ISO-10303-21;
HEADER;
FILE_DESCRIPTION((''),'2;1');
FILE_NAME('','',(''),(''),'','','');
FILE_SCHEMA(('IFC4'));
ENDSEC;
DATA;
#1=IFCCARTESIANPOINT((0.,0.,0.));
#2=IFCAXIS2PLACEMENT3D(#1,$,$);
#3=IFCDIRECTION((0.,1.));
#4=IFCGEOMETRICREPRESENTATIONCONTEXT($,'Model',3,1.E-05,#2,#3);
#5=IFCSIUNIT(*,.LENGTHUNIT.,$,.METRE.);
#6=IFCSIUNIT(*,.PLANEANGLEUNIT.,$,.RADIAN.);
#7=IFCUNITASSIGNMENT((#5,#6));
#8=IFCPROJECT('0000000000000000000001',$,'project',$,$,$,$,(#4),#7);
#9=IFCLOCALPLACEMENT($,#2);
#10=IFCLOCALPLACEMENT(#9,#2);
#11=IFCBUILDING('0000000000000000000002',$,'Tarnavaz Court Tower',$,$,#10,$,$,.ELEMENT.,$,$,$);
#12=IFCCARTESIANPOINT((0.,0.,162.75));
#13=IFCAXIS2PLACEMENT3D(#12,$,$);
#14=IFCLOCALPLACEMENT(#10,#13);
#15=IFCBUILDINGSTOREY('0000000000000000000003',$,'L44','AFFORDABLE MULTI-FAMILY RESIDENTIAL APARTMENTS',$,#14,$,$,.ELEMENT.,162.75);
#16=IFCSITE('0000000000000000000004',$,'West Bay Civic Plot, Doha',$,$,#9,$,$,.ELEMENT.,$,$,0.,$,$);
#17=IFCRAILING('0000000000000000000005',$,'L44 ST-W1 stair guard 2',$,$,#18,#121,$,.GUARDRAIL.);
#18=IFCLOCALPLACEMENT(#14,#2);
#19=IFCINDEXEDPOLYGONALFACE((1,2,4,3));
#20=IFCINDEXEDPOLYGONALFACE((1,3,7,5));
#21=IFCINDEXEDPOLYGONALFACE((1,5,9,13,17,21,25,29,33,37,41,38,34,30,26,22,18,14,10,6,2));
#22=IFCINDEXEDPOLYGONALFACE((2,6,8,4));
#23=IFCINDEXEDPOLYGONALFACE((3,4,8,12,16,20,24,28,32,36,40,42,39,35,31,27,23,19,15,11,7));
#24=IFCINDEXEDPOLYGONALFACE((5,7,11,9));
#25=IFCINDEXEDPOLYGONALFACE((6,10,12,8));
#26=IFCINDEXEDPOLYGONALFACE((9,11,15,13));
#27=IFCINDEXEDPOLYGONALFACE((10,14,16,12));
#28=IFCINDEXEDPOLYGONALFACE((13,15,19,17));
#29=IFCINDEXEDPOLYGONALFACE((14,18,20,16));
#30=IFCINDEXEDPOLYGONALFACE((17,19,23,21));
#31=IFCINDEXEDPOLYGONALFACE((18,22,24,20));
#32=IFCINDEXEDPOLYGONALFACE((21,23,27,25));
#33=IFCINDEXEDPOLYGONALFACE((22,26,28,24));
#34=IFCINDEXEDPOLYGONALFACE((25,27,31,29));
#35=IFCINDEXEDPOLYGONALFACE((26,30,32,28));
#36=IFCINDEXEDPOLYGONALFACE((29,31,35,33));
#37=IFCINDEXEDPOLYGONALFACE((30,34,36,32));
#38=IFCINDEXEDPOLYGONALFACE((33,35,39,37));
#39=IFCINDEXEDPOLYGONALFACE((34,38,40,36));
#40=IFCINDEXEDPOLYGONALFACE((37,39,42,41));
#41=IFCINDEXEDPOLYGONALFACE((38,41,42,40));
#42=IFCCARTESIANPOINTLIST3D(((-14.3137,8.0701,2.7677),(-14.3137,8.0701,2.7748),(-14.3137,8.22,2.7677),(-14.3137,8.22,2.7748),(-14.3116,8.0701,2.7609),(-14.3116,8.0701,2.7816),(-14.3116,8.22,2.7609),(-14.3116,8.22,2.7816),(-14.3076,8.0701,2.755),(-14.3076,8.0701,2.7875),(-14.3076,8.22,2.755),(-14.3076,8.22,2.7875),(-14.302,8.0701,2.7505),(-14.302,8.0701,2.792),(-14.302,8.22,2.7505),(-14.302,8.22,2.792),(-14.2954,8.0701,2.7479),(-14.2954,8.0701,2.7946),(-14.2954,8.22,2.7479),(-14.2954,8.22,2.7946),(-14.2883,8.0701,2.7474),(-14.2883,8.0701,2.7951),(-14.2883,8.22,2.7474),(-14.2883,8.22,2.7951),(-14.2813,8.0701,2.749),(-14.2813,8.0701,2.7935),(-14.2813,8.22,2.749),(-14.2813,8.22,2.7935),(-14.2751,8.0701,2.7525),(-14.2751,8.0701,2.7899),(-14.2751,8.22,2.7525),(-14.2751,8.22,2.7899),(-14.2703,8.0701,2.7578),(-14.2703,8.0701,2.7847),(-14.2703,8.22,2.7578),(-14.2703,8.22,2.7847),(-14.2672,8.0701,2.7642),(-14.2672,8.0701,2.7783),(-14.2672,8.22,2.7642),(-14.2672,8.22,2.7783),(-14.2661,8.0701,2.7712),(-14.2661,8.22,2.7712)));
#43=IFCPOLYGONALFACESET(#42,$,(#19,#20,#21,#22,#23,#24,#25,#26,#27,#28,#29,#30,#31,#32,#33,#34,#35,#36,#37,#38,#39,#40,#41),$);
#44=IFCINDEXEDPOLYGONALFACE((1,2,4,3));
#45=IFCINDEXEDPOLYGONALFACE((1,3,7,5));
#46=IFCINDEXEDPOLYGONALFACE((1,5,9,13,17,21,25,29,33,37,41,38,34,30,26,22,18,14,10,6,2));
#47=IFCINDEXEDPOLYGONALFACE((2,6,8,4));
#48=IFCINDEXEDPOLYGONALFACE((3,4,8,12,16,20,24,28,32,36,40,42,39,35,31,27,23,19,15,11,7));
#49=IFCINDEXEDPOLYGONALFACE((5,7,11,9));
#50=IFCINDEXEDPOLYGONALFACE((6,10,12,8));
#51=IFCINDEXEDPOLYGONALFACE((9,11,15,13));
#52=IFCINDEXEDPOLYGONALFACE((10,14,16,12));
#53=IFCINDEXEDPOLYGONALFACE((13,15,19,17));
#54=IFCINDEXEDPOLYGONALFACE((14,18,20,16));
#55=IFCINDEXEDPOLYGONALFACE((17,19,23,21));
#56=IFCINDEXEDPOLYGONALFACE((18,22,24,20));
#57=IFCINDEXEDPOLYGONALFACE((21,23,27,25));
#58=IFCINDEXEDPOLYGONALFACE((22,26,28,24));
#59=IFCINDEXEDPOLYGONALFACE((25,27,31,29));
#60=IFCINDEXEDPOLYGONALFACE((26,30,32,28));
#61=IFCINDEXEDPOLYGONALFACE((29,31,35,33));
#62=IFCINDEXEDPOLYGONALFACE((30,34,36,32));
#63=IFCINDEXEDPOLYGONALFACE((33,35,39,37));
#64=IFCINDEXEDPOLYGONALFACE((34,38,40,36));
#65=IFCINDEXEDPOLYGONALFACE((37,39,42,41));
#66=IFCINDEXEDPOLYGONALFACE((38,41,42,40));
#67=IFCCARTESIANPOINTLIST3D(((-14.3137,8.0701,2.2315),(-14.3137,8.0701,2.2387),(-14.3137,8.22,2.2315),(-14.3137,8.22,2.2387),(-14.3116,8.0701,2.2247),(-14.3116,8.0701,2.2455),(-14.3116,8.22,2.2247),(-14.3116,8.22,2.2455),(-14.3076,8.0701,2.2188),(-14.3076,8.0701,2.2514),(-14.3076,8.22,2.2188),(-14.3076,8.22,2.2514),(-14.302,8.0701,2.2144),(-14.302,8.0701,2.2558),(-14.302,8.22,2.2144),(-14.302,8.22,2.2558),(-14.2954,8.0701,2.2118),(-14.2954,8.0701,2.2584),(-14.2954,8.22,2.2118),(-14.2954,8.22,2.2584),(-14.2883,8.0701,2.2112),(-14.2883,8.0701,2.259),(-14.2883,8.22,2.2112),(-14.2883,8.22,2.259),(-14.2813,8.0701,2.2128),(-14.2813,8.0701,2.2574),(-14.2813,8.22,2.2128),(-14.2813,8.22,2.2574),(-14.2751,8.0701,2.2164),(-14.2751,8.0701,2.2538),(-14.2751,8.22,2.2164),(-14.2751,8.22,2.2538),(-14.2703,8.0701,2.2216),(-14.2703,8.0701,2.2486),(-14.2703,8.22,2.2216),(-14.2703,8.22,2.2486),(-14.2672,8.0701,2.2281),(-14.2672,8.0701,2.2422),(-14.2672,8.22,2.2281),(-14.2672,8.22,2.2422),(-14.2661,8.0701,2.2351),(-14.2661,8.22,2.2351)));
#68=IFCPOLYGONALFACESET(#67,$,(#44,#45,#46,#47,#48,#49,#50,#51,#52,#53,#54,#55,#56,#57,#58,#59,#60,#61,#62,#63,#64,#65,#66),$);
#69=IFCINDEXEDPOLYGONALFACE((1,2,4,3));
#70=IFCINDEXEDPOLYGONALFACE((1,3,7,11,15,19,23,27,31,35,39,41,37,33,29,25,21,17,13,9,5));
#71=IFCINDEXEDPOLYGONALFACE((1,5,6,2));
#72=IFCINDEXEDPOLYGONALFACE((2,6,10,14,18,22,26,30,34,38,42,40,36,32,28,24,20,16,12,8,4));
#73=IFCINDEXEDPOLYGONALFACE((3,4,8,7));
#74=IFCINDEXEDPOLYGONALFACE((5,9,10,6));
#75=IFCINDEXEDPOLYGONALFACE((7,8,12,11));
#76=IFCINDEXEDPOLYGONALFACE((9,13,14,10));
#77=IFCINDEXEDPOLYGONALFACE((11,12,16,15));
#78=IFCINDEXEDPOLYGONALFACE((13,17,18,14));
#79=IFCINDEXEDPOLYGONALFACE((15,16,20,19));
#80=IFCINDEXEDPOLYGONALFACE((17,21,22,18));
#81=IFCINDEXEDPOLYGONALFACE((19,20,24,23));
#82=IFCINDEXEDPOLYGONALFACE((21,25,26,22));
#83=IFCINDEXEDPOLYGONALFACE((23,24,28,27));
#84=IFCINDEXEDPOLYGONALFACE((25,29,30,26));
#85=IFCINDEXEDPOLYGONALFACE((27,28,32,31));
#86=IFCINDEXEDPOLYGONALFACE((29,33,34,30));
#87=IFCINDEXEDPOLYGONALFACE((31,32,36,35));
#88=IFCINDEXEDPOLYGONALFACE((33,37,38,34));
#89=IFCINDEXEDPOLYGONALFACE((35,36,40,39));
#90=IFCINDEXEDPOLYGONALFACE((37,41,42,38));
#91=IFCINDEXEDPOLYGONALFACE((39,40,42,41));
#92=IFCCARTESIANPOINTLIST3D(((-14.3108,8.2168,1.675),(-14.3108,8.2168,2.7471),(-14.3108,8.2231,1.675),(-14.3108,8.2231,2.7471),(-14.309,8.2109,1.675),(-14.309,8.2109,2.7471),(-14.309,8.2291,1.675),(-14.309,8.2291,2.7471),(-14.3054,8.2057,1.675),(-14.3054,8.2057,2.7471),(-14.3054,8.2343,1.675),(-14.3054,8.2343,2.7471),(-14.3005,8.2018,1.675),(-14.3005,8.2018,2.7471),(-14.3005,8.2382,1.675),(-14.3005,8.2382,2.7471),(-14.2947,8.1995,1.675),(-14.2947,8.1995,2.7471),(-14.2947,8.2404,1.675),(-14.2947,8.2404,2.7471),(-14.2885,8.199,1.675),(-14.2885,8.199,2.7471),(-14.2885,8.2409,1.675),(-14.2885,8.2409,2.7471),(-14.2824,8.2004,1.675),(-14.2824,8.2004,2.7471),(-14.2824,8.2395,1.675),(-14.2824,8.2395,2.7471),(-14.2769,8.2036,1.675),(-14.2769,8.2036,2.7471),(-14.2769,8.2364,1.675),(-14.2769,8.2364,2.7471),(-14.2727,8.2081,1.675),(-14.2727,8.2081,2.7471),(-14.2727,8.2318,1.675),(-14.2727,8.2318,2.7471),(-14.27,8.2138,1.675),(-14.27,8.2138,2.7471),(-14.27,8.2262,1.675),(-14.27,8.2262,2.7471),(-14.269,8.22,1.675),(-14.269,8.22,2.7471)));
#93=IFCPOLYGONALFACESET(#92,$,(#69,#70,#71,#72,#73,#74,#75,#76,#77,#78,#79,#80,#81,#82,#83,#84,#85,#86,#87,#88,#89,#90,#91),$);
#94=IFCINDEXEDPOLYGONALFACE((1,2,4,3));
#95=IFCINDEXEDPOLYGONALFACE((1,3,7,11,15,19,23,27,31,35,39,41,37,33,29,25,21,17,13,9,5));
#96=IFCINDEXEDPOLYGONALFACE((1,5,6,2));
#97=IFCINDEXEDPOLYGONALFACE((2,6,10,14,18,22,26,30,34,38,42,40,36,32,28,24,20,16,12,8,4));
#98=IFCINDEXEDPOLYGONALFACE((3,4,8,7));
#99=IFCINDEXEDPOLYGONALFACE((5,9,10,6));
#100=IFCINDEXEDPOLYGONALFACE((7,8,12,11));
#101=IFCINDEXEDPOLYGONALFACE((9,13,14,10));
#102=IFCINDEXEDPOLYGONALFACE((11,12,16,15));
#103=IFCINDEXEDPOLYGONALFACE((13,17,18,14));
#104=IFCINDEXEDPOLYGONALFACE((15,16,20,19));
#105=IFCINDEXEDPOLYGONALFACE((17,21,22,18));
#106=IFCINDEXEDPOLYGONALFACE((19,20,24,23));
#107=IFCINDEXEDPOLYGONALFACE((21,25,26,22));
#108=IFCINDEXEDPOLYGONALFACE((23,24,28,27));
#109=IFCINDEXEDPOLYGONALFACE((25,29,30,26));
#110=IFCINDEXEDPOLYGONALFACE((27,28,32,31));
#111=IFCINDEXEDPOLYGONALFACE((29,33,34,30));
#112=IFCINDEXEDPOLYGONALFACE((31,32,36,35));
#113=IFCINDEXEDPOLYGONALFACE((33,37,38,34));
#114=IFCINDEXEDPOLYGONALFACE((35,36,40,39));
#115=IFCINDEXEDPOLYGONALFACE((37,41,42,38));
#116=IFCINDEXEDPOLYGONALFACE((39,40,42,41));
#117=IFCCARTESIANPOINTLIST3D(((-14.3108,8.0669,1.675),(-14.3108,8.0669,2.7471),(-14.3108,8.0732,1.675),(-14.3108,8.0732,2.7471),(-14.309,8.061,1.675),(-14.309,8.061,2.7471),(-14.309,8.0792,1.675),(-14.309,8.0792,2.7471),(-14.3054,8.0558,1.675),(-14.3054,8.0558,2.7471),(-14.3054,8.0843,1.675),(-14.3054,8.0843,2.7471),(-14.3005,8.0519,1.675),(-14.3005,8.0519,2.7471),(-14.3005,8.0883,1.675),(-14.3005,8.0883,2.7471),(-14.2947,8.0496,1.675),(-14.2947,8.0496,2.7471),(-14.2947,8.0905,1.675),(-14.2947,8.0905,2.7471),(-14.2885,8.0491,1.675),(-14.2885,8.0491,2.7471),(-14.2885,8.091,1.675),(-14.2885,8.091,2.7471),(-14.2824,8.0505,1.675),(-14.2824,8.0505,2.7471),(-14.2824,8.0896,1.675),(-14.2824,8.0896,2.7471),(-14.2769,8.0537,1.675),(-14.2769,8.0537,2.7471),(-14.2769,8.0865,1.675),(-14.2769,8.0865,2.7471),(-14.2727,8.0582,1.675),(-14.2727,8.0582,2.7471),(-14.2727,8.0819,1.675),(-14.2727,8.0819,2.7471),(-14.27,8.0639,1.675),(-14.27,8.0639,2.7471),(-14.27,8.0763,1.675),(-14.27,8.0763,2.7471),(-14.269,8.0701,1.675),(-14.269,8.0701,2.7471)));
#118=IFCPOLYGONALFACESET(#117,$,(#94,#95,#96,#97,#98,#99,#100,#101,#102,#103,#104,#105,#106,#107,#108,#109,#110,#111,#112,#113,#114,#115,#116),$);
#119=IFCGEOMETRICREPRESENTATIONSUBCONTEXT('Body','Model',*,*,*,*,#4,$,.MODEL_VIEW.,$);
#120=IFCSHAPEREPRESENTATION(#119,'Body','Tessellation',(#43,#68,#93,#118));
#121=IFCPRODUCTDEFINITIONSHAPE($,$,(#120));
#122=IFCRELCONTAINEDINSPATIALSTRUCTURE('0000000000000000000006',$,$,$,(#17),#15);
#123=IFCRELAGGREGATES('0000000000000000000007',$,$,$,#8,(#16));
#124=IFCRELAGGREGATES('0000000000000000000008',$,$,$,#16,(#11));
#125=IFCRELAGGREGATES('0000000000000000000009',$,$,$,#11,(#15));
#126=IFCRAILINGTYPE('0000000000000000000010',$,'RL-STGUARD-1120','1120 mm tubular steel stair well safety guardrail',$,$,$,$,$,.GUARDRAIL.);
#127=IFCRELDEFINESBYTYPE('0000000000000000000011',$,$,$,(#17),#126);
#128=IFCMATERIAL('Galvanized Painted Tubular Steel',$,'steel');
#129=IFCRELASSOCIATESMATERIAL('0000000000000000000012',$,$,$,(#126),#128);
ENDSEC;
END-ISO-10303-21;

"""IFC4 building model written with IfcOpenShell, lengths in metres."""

from ifc_helpers import new_model, si_unit, direction, frame, origin, origin_2d, place, context, subcontext, project, spatial, circle, extrude, material, type_object, element, save


model = new_model("IFC4")

# Units and contexts
model_context = context("Model", 3, precision=1e-05, world=origin(), true_north=direction((0.0, 1.0)))
body_context = subcontext(model_context, "Body", "Model", "MODEL_VIEW")
ifc_project = project(units=[si_unit("LENGTHUNIT", "METRE"), si_unit("PLANEANGLEUNIT", "RADIAN")], contexts=[model_context])

# Site, building, storey
site_placement = place(None, origin())
site = spatial("IfcSite", under=ifc_project, at=site_placement, Name="West Bay Civic Plot, Doha", CompositionType="ELEMENT", RefElevation=0.0)
building_placement = place(site_placement, origin())
building = spatial("IfcBuilding", under=site, at=building_placement, Name="Tarnavaz Court Tower", CompositionType="ELEMENT")
storey_placement = place(building_placement, frame((0.0, 0.0, 162.75)))
storey = spatial("IfcBuildingStorey", under=building, at=storey_placement, Name="L44", Description="AFFORDABLE MULTI-FAMILY RESIDENTIAL APARTMENTS", CompositionType="ELEMENT", Elevation=162.75)

# Railing
ifc_material_1 = material(Name="Galvanized Painted Tubular Steel", Category="steel")
railing_type_1 = type_object("IfcRailingType", Name="RL-STGUARD-1120", Description="1120 mm tubular steel stair well safety guardrail", PredefinedType="GUARDRAIL", material=ifc_material_1)
railing_1_placement = place(storey_placement, frame((-14.29, 8.22, 1.675)))
element("IfcRailing", 1, at=railing_1_placement, inside=storey, type_object=railing_type_1, Name="L44 ST-W1 stair guard 2", PredefinedType="GUARDRAIL", context=body_context, shape_type="SweptSolid", body=[
    extrude(circle(Radius=0.0239, at=origin_2d()), frame((0.0, 0.0, 1.0962), z_axis=(0.0, -1.0, 0.0), x_axis=(1.0, 0.0, 0.0)), (0.0, 0.0, 1.0), 0.1499),
    extrude(circle(Radius=0.0239, at=origin_2d()), frame((0.0, 0.0, 0.5601), z_axis=(0.0, -1.0, 0.0), x_axis=(1.0, 0.0, 0.0)), (0.0, 0.0, 1.0), 0.1499),
    extrude(circle(Radius=0.021, at=origin_2d()), origin(), (0.0, 0.0, 1.0), 1.072),
    extrude(circle(Radius=0.021, at=origin_2d()), frame((0.0, -0.1499, 0.0)), (0.0, 0.0, 1.0), 1.072),
])

save(model, "model.ifc")
